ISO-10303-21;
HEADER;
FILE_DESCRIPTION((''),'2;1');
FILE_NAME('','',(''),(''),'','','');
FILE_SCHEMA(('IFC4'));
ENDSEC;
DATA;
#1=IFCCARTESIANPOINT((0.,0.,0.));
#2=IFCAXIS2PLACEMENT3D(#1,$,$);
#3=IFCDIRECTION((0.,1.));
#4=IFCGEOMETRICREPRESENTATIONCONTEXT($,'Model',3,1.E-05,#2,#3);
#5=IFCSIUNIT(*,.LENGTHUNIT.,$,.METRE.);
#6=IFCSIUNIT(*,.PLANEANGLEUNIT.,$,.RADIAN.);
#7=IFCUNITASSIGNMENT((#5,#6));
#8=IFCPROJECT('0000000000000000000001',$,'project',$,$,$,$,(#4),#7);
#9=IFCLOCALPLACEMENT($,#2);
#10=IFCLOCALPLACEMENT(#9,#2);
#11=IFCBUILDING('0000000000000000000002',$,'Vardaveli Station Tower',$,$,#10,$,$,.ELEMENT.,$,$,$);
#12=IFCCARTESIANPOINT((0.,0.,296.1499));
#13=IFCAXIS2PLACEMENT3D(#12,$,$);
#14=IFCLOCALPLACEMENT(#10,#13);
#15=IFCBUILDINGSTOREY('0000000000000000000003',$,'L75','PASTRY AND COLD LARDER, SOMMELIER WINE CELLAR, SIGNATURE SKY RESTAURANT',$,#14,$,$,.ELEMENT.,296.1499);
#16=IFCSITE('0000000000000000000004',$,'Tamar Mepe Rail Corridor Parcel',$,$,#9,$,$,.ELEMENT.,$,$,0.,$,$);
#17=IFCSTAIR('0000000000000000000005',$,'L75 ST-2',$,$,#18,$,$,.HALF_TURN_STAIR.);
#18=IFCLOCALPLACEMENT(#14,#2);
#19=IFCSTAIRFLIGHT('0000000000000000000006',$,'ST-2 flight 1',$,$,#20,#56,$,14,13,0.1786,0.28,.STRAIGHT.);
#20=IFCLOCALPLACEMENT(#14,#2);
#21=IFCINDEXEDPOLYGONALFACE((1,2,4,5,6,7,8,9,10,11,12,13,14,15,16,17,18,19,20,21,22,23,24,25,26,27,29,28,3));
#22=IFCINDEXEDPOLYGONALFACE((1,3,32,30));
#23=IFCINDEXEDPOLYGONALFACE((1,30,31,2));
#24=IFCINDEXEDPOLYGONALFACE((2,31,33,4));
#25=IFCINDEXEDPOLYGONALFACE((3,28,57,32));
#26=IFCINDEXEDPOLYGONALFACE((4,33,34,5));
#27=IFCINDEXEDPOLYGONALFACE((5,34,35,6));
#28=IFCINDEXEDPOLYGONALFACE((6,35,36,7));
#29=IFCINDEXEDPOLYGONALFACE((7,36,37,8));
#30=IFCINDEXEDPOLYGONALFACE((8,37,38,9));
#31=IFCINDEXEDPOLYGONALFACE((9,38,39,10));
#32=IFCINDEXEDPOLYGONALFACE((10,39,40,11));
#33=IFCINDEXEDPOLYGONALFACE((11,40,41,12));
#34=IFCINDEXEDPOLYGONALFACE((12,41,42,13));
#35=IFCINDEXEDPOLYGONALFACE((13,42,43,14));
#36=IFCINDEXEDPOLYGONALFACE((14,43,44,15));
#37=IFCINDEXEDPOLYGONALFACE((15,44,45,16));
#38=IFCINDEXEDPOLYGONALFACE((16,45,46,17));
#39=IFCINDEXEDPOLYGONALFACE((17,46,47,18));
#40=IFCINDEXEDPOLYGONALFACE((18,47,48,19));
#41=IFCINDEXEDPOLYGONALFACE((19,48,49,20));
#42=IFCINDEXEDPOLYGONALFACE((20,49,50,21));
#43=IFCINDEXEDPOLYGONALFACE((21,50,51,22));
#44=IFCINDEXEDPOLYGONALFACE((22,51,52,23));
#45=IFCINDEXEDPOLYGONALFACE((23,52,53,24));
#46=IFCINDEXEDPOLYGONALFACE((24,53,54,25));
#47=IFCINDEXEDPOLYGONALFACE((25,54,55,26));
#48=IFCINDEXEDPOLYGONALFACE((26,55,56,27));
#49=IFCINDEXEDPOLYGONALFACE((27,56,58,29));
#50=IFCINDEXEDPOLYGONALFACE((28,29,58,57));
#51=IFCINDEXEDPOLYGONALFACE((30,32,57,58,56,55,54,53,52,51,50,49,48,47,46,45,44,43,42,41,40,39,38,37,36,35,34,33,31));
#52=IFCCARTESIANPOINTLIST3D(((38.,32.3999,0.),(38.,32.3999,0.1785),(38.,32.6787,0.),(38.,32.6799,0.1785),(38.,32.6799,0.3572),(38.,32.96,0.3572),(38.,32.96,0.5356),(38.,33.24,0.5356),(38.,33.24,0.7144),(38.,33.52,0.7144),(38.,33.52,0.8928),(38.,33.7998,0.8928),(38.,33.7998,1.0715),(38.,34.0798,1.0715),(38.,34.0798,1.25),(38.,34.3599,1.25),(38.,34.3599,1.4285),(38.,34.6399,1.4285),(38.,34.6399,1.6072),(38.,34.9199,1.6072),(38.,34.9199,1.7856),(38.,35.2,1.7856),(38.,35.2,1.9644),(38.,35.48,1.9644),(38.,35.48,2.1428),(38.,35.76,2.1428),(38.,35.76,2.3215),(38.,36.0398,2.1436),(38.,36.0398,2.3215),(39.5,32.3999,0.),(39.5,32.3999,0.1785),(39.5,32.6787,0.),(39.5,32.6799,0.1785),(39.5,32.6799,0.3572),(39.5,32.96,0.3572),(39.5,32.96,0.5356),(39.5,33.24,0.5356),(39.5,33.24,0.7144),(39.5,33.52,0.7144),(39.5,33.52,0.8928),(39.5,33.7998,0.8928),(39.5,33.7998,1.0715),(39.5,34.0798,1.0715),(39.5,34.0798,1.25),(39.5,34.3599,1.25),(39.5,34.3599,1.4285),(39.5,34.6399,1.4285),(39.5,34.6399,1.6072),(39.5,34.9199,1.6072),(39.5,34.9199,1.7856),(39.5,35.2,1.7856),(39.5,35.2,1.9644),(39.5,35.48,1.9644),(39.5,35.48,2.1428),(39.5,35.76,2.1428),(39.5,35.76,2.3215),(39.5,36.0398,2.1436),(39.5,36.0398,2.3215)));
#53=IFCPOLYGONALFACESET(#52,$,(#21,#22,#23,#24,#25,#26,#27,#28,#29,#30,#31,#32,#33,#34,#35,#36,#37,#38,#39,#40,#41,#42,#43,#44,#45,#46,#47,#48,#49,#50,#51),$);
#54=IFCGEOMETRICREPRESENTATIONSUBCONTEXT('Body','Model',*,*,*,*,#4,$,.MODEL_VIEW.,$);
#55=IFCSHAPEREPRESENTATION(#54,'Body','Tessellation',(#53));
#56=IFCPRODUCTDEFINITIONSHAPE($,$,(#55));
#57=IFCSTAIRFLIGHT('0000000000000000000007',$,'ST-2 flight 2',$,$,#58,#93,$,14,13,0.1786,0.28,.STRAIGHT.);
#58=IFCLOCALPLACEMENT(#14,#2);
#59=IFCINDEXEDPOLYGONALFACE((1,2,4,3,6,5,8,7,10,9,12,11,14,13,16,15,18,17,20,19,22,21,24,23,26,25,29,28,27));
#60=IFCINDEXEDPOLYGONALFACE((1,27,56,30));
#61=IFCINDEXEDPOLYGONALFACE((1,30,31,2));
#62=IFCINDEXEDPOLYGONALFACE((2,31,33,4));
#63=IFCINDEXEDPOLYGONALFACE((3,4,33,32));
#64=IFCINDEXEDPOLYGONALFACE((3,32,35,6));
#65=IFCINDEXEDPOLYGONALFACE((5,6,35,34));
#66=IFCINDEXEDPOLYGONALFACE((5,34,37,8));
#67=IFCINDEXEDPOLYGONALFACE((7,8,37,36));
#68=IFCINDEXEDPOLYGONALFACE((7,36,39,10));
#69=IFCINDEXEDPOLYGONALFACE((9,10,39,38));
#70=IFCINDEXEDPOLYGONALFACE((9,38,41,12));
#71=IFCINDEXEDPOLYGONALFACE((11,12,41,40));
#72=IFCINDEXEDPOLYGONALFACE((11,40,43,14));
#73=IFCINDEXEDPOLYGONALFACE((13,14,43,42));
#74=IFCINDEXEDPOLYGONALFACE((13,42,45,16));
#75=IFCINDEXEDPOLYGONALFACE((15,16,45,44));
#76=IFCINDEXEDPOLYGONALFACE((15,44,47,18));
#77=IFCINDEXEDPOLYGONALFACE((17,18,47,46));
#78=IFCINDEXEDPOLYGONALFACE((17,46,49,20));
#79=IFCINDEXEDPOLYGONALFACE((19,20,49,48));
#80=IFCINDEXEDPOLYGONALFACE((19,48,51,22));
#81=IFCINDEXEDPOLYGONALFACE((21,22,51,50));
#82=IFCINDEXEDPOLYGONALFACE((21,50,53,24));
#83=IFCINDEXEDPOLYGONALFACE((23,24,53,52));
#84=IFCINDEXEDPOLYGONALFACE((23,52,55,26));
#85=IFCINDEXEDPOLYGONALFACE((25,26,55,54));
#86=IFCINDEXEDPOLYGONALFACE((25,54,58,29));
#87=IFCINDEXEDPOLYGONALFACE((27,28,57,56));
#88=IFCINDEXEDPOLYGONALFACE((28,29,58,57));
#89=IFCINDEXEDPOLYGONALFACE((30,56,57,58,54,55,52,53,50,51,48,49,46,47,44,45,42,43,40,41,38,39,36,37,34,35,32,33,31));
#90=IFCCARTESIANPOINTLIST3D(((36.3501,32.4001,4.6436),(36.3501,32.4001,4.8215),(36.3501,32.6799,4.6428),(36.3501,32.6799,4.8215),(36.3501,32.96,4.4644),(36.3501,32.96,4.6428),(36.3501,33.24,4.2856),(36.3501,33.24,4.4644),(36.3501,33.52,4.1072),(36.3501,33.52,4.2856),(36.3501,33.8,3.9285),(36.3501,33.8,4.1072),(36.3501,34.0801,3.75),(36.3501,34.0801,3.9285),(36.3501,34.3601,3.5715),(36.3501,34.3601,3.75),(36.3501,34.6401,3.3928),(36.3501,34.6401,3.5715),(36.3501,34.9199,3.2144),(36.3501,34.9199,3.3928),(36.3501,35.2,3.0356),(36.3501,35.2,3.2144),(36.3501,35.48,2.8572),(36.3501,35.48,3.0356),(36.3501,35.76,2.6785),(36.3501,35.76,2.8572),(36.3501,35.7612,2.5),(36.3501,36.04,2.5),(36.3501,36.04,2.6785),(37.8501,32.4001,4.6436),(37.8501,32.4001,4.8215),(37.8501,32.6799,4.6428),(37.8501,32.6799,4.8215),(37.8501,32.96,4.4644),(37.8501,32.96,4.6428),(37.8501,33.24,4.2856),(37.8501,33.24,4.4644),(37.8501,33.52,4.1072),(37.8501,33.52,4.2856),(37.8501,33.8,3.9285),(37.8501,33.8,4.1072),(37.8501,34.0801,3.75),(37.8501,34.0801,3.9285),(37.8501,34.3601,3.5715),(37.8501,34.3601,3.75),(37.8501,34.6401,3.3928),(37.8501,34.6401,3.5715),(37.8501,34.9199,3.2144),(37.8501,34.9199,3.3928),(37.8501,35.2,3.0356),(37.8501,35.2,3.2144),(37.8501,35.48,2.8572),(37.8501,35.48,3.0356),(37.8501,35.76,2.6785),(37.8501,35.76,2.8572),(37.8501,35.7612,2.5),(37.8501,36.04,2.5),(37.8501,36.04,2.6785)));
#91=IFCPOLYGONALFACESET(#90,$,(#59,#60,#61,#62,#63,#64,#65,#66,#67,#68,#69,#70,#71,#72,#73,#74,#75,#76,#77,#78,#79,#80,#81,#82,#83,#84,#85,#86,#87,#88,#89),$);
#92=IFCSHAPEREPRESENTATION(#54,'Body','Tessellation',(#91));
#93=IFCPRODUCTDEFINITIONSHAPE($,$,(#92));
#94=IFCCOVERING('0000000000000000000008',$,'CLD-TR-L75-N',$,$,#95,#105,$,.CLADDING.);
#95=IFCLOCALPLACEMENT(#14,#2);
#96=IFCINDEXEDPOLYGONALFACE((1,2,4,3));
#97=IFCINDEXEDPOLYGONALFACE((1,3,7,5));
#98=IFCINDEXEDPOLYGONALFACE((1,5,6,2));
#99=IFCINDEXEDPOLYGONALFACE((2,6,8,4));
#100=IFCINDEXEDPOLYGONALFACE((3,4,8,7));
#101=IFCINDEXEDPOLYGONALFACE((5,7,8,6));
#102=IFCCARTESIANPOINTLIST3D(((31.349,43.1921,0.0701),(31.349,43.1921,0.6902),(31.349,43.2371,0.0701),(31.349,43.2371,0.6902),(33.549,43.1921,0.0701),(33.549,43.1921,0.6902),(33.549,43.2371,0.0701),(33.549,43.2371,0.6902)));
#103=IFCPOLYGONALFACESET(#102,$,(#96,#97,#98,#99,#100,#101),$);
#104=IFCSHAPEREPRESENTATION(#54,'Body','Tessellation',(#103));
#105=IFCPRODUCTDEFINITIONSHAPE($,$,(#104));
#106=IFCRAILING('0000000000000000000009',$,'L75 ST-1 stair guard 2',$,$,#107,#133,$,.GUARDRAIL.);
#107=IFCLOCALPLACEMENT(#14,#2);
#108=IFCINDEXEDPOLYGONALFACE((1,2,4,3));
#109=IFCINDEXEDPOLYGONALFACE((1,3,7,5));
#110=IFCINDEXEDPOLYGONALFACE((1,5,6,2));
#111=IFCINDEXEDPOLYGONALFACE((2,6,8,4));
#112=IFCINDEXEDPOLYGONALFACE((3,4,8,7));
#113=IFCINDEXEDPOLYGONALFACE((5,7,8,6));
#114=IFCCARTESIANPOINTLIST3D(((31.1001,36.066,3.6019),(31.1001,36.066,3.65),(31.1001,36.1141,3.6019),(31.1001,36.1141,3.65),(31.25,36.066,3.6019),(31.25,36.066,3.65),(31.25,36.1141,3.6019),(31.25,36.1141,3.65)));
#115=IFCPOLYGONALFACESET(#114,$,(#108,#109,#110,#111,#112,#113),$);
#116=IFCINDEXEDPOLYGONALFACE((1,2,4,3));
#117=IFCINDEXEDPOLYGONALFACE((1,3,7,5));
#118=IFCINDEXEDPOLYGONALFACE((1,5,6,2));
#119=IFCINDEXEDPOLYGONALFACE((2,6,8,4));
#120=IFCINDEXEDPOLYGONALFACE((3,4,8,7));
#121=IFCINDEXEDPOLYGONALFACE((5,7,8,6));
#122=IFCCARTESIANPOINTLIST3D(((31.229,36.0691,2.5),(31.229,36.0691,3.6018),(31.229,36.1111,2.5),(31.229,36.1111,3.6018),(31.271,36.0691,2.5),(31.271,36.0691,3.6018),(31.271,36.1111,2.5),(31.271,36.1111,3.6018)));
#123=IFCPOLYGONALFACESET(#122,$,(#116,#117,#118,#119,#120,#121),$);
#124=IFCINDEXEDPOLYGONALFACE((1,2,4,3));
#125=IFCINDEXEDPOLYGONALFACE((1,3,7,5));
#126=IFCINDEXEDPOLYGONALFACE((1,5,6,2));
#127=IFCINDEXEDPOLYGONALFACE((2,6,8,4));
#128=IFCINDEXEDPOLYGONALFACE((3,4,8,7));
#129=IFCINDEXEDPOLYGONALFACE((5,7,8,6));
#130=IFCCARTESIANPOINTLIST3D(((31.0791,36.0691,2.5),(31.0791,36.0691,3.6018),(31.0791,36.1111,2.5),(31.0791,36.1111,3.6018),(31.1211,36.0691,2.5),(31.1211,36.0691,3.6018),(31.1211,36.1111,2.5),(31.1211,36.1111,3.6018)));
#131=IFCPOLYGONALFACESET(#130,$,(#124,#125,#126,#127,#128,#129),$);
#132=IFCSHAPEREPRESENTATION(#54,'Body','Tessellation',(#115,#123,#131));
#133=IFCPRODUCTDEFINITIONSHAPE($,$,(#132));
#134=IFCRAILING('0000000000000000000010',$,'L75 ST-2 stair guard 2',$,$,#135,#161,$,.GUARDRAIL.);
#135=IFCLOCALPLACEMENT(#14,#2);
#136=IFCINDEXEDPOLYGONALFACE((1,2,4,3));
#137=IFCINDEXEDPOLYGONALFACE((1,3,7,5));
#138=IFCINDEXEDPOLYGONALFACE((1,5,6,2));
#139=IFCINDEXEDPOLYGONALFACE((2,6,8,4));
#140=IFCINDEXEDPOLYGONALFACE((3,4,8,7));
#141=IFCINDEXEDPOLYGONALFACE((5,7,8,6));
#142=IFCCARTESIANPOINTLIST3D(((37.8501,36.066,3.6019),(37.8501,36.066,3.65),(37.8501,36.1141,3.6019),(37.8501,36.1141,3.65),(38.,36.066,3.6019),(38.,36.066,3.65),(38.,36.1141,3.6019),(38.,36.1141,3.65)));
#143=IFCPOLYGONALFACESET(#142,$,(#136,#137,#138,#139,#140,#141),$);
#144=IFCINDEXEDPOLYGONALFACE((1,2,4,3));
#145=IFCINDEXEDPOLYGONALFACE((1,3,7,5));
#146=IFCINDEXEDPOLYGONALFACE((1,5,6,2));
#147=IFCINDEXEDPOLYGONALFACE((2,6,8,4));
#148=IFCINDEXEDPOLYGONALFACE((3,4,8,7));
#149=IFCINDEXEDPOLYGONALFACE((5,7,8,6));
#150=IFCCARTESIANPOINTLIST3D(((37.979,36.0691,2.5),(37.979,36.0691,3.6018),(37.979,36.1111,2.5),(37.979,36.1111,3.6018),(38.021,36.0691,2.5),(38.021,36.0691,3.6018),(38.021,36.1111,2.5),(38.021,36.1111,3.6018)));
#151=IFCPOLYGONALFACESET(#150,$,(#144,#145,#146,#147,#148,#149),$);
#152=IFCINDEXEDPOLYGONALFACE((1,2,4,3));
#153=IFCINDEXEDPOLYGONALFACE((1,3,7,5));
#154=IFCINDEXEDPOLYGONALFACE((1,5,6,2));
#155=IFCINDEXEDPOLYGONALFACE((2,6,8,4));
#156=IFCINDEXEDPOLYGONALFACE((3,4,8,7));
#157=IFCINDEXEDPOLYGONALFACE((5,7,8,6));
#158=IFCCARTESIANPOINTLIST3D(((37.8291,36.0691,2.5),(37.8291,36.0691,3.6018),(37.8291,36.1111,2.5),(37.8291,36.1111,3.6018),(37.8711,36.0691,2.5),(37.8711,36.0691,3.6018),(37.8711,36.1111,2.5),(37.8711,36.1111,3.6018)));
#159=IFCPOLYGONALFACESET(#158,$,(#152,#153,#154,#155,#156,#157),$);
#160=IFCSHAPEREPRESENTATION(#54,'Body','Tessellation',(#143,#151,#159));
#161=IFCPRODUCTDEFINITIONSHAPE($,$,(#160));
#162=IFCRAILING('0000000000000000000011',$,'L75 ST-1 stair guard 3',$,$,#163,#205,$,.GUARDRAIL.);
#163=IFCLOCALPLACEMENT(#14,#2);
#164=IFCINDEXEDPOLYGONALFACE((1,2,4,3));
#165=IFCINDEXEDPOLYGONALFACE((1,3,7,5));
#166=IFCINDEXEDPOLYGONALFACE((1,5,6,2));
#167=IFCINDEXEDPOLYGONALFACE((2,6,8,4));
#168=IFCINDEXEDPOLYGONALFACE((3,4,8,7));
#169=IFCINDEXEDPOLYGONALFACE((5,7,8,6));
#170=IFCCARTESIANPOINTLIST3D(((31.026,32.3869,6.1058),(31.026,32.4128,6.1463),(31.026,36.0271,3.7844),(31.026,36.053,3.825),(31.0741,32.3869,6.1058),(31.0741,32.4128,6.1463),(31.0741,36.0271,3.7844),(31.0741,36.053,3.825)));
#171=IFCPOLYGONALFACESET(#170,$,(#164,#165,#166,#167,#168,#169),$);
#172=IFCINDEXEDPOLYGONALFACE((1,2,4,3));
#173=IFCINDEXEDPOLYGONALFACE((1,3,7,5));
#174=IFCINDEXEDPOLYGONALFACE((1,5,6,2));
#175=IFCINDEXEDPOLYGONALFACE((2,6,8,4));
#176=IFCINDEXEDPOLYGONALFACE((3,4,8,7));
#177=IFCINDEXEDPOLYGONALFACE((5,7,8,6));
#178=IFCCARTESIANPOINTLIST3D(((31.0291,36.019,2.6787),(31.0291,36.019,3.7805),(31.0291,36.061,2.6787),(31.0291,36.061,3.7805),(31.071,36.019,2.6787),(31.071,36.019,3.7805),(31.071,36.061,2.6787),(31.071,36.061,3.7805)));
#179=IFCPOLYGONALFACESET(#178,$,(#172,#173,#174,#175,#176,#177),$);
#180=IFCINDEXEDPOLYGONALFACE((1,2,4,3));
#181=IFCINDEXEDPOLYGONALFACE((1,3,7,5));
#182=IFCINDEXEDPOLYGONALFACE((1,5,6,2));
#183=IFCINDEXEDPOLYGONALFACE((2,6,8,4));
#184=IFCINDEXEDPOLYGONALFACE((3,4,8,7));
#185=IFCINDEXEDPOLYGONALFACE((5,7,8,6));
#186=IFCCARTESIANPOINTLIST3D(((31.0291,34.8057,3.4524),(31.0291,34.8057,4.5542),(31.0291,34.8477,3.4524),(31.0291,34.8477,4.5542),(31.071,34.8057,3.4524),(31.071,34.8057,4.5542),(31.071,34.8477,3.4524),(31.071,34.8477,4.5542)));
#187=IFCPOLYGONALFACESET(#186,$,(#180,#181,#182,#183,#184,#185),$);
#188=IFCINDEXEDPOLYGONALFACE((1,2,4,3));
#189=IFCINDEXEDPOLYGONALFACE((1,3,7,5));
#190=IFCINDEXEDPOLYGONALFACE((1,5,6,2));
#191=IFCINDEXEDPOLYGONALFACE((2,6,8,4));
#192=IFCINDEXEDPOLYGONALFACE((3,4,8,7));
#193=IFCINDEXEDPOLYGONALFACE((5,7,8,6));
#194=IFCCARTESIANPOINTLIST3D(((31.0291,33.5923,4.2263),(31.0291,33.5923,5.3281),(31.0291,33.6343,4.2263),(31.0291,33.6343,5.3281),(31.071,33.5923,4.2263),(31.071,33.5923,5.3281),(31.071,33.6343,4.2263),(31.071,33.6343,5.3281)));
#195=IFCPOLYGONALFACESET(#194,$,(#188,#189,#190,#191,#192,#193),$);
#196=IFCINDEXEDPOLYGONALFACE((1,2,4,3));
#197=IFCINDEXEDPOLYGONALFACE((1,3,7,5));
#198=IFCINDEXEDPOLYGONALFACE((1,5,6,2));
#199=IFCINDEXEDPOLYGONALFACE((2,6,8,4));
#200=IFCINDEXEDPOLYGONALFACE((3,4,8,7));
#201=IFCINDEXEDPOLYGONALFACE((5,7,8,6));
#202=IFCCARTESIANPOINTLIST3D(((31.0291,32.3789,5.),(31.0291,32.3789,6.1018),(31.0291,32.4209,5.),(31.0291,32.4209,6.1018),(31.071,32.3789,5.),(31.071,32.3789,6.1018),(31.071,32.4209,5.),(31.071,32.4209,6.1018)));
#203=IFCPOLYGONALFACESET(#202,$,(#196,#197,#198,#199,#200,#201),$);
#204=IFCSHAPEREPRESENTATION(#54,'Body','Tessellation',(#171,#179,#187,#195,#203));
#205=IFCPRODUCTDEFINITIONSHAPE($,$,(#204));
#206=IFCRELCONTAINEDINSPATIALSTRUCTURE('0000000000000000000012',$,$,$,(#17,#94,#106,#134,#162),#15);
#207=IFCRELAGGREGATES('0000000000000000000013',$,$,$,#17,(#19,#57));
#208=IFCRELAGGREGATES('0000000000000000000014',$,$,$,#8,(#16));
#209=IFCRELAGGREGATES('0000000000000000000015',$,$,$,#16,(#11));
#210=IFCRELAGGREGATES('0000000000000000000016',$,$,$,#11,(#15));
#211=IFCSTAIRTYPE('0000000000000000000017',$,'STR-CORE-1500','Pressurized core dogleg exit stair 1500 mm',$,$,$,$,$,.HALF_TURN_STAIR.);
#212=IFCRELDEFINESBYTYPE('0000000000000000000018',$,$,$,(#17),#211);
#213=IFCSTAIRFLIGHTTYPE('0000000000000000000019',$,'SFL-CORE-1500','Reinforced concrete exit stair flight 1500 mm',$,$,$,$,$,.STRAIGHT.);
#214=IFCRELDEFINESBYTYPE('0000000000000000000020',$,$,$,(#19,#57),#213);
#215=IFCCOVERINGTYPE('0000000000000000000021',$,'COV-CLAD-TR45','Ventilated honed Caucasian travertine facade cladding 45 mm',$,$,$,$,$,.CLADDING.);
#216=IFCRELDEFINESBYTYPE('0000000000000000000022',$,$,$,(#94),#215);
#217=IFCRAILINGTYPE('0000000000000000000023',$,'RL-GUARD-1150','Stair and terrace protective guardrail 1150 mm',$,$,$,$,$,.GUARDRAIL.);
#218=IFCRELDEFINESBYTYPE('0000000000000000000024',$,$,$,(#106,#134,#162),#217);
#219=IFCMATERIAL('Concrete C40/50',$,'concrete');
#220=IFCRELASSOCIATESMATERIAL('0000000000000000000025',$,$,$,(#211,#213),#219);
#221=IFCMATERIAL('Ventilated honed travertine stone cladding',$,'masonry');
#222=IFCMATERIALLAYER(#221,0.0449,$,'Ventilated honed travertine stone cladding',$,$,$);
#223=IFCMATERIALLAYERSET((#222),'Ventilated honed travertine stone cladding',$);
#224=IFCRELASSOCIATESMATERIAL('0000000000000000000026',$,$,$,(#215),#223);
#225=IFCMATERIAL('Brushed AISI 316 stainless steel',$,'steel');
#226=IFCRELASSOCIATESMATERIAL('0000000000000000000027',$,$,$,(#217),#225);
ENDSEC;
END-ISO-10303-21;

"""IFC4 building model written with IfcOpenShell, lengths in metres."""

from ifc_helpers import new_model, si_unit, direction, frame, origin, origin_2d, place, context, subcontext, project, spatial, polyline, rectangle, outline, extrude, source, transform, mapped, material, layer, layer_set, type_object, element, aggregate, save


model = new_model("IFC4")

# Units and contexts
model_context = context("Model", 3, precision=1e-05, world=origin(), true_north=direction((0.0, 1.0)))
body_context = subcontext(model_context, "Body", "Model", "MODEL_VIEW")
ifc_project = project(units=[si_unit("LENGTHUNIT", "METRE"), si_unit("PLANEANGLEUNIT", "RADIAN")], contexts=[model_context])

# Site, building, storey
site_placement = place(None, origin())
site = spatial("IfcSite", under=ifc_project, at=site_placement, Name="Tamar Mepe Rail Corridor Parcel", CompositionType="ELEMENT", RefElevation=0.0)
building_placement = place(site_placement, origin())
building = spatial("IfcBuilding", under=site, at=building_placement, Name="Vardaveli Station Tower", CompositionType="ELEMENT")
storey_placement = place(building_placement, frame((0.0, 0.0, 296.1499)))
storey = spatial("IfcBuildingStorey", under=building, at=storey_placement, Name="L75", Description="PASTRY AND COLD LARDER, SOMMELIER WINE CELLAR, SIGNATURE SKY RESTAURANT", CompositionType="ELEMENT", Elevation=296.1499)

# Shared definitions
ifc_material_1 = material(Name="Concrete C40/50", Category="concrete")

# Shared definitions
stair_type = type_object("IfcStairType", Name="STR-CORE-1500", Description="Pressurized core dogleg exit stair 1500 mm", PredefinedType="HALF_TURN_STAIR", material=ifc_material_1)
stair_flight_type = type_object("IfcStairFlightType", Name="SFL-CORE-1500", Description="Reinforced concrete exit stair flight 1500 mm", PredefinedType="STRAIGHT", material=ifc_material_1)
shared_shape_1 = source(origin(), body_context, "Body", "SweptSolid", [
    extrude(outline(polyline([(0.0, 0.0), (0.0, 0.1785), (0.28, 0.1785), (0.28, 0.3572), (0.5601, 0.3572), (0.5601, 0.5356), (0.8401, 0.5356), (0.8401, 0.7144), (1.1201, 0.7144), (1.1201, 0.8928), (1.3999, 0.8928), (1.3999, 1.0715), (1.6799, 1.0715), (1.6799, 1.25), (1.96, 1.25), (1.96, 1.4285), (2.24, 1.4285), (2.24, 1.6072), (2.52, 1.6072), (2.52, 1.7856), (2.8, 1.7856), (2.8, 1.9644), (3.0801, 1.9644), (3.0801, 2.1428), (3.3601, 2.1428), (3.3601, 2.3215), (3.6399, 2.3215), (3.6399, 2.5), (3.6399, 2.1436), (0.2788, 0.0), (0.0, 0.0)])), frame((0.0, 0.75, 0.0), z_axis=(0.0, -1.0, 0.0), x_axis=(1.0, 0.0, 0.0)), (0.0, 0.0, 1.0), 1.5),
])

# Stair, stair flights
stair_1_placement = place(storey_placement, origin())
stair_1 = element("IfcStair", 1, at=stair_1_placement, inside=storey, type_object=stair_type, Name="L75 ST-2", PredefinedType="HALF_TURN_STAIR")
stair_flight_1_placement = place(storey_placement, frame((38.75, 32.3999, 0.0), z_axis=(0.0, 0.0, 1.0), x_axis=(0.0, 1.0, 0.0)))
stair_flight_1 = element("IfcStairFlight", 2, at=stair_flight_1_placement, type_object=stair_flight_type, Name="ST-2 flight 1", NumberOfRisers=14, NumberOfTreads=13, PredefinedType="STRAIGHT", RiserHeight=0.1786, TreadLength=0.28, context=body_context, shape_type="MappedRepresentation", body=[
    mapped(shared_shape_1, transform((0.0, 0.0, 0.0), scale=1.0)),
])
stair_flight_2_placement = place(storey_placement, frame((37.1001, 36.04, 2.5), z_axis=(0.0, 0.0, 1.0), x_axis=(0.0, -1.0, 0.0)))
stair_flight_2 = element("IfcStairFlight", 3, at=stair_flight_2_placement, type_object=stair_flight_type, Name="ST-2 flight 2", NumberOfRisers=14, NumberOfTreads=13, PredefinedType="STRAIGHT", RiserHeight=0.1786, TreadLength=0.28, context=body_context, shape_type="MappedRepresentation", body=[
    mapped(shared_shape_1, transform((0.0, 0.0, 0.0), scale=1.0)),
])
aggregate(stair_1, [stair_flight_1, stair_flight_2])

# Covering
ifc_material_2 = material(Name="Ventilated honed travertine stone cladding", Category="masonry")
ifc_layer_1 = layer(ifc_material_2, 0.0449, Name="Ventilated honed travertine stone cladding")
ifc_layer_set_1 = layer_set([ifc_layer_1], Name="Ventilated honed travertine stone cladding")
covering_type = type_object("IfcCoveringType", Name="COV-CLAD-TR45", Description="Ventilated honed Caucasian travertine facade cladding 45 mm", PredefinedType="CLADDING", material=ifc_layer_set_1)
shared_shape_2 = source(origin(), body_context, "Body", "SweptSolid", [
    extrude(rectangle(XDim=2.2, YDim=0.0449, at=origin_2d()), origin(), (0.0, 0.0, 1.0), 0.6201),
])
covering_placement = place(storey_placement, frame((32.449, 43.2146, 0.0701), z_axis=(0.0, 0.0, 1.0), x_axis=(1.0, 0.0, 0.0)))
element("IfcCovering", 4, at=covering_placement, inside=storey, type_object=covering_type, Name="CLD-TR-L75-N", PredefinedType="CLADDING", context=body_context, shape_type="MappedRepresentation", body=[
    mapped(shared_shape_2, transform((0.0, 0.0, 0.0), scale=1.0)),
])

# Railings
ifc_material_3 = material(Name="Brushed AISI 316 stainless steel", Category="steel")
railing_type_1 = type_object("IfcRailingType", Name="RL-GUARD-1150", Description="Stair and terrace protective guardrail 1150 mm", PredefinedType="GUARDRAIL", material=ifc_material_3)
shared_shape_3 = source(origin(), body_context, "Body", "SweptSolid", [
    extrude(rectangle(XDim=0.0481, YDim=0.0481, at=origin_2d()), frame((0.0, 0.0, 1.126), z_axis=(-1.0, 0.0, 0.0), x_axis=(0.0, -1.0, 0.0)), (0.0, 0.0, 1.0), 0.1499),
    extrude(rectangle(XDim=0.042, YDim=0.042, at=origin_2d()), origin(), (0.0, 0.0, 1.0), 1.1018),
    extrude(rectangle(XDim=0.042, YDim=0.042, at=origin_2d()), frame((-0.1499, 0.0, 0.0)), (0.0, 0.0, 1.0), 1.1018),
])
for number, where, name in (
    (5, (31.25, 36.0901, 2.5), "L75 ST-1 stair guard 2"),
    (6, (38.0, 36.0901, 2.5), "L75 ST-2 stair guard 2"),
):
    element("IfcRailing", number, at=place(storey_placement, frame(where)), inside=storey, type_object=railing_type_1, Name=name, PredefinedType="GUARDRAIL", context=body_context, shape_type="MappedRepresentation", body=[
        mapped(shared_shape_3, transform((0.0, 0.0, 0.0), scale=1.0)),
    ])
shared_shape_4 = source(origin(), body_context, "Body", "SweptSolid", [
    extrude(rectangle(XDim=0.0481, YDim=0.0481, at=origin_2d()), frame((0.0, 0.0, 1.126), z_axis=(0.0, -0.843153, 0.537673), x_axis=(1.0, 0.0, 0.0)), (0.0, 0.0, 1.0), 4.3174),
    extrude(rectangle(XDim=0.042, YDim=0.042, at=origin_2d()), origin(), (0.0, 0.0, 1.0), 1.1018),
    extrude(rectangle(XDim=0.042, YDim=0.042, at=origin_2d()), frame((0.0, -1.2134, 0.7737)), (0.0, 0.0, 1.0), 1.1018),
    extrude(rectangle(XDim=0.042, YDim=0.042, at=origin_2d()), frame((0.0, -2.4268, 1.5476)), (0.0, 0.0, 1.0), 1.1018),
    extrude(rectangle(XDim=0.042, YDim=0.042, at=origin_2d()), frame((0.0, -3.6401, 2.3213)), (0.0, 0.0, 1.0), 1.1018),
])
for number, where, name in (
    (7, (31.05, 36.04, 2.6787), "L75 ST-1 stair guard 3"),
):
    element("IfcRailing", number, at=place(storey_placement, frame(where)), inside=storey, type_object=railing_type_1, Name=name, PredefinedType="GUARDRAIL", context=body_context, shape_type="MappedRepresentation", body=[
        mapped(shared_shape_4, transform((0.0, 0.0, 0.0), scale=1.0)),
    ])

save(model, "model.ifc")
